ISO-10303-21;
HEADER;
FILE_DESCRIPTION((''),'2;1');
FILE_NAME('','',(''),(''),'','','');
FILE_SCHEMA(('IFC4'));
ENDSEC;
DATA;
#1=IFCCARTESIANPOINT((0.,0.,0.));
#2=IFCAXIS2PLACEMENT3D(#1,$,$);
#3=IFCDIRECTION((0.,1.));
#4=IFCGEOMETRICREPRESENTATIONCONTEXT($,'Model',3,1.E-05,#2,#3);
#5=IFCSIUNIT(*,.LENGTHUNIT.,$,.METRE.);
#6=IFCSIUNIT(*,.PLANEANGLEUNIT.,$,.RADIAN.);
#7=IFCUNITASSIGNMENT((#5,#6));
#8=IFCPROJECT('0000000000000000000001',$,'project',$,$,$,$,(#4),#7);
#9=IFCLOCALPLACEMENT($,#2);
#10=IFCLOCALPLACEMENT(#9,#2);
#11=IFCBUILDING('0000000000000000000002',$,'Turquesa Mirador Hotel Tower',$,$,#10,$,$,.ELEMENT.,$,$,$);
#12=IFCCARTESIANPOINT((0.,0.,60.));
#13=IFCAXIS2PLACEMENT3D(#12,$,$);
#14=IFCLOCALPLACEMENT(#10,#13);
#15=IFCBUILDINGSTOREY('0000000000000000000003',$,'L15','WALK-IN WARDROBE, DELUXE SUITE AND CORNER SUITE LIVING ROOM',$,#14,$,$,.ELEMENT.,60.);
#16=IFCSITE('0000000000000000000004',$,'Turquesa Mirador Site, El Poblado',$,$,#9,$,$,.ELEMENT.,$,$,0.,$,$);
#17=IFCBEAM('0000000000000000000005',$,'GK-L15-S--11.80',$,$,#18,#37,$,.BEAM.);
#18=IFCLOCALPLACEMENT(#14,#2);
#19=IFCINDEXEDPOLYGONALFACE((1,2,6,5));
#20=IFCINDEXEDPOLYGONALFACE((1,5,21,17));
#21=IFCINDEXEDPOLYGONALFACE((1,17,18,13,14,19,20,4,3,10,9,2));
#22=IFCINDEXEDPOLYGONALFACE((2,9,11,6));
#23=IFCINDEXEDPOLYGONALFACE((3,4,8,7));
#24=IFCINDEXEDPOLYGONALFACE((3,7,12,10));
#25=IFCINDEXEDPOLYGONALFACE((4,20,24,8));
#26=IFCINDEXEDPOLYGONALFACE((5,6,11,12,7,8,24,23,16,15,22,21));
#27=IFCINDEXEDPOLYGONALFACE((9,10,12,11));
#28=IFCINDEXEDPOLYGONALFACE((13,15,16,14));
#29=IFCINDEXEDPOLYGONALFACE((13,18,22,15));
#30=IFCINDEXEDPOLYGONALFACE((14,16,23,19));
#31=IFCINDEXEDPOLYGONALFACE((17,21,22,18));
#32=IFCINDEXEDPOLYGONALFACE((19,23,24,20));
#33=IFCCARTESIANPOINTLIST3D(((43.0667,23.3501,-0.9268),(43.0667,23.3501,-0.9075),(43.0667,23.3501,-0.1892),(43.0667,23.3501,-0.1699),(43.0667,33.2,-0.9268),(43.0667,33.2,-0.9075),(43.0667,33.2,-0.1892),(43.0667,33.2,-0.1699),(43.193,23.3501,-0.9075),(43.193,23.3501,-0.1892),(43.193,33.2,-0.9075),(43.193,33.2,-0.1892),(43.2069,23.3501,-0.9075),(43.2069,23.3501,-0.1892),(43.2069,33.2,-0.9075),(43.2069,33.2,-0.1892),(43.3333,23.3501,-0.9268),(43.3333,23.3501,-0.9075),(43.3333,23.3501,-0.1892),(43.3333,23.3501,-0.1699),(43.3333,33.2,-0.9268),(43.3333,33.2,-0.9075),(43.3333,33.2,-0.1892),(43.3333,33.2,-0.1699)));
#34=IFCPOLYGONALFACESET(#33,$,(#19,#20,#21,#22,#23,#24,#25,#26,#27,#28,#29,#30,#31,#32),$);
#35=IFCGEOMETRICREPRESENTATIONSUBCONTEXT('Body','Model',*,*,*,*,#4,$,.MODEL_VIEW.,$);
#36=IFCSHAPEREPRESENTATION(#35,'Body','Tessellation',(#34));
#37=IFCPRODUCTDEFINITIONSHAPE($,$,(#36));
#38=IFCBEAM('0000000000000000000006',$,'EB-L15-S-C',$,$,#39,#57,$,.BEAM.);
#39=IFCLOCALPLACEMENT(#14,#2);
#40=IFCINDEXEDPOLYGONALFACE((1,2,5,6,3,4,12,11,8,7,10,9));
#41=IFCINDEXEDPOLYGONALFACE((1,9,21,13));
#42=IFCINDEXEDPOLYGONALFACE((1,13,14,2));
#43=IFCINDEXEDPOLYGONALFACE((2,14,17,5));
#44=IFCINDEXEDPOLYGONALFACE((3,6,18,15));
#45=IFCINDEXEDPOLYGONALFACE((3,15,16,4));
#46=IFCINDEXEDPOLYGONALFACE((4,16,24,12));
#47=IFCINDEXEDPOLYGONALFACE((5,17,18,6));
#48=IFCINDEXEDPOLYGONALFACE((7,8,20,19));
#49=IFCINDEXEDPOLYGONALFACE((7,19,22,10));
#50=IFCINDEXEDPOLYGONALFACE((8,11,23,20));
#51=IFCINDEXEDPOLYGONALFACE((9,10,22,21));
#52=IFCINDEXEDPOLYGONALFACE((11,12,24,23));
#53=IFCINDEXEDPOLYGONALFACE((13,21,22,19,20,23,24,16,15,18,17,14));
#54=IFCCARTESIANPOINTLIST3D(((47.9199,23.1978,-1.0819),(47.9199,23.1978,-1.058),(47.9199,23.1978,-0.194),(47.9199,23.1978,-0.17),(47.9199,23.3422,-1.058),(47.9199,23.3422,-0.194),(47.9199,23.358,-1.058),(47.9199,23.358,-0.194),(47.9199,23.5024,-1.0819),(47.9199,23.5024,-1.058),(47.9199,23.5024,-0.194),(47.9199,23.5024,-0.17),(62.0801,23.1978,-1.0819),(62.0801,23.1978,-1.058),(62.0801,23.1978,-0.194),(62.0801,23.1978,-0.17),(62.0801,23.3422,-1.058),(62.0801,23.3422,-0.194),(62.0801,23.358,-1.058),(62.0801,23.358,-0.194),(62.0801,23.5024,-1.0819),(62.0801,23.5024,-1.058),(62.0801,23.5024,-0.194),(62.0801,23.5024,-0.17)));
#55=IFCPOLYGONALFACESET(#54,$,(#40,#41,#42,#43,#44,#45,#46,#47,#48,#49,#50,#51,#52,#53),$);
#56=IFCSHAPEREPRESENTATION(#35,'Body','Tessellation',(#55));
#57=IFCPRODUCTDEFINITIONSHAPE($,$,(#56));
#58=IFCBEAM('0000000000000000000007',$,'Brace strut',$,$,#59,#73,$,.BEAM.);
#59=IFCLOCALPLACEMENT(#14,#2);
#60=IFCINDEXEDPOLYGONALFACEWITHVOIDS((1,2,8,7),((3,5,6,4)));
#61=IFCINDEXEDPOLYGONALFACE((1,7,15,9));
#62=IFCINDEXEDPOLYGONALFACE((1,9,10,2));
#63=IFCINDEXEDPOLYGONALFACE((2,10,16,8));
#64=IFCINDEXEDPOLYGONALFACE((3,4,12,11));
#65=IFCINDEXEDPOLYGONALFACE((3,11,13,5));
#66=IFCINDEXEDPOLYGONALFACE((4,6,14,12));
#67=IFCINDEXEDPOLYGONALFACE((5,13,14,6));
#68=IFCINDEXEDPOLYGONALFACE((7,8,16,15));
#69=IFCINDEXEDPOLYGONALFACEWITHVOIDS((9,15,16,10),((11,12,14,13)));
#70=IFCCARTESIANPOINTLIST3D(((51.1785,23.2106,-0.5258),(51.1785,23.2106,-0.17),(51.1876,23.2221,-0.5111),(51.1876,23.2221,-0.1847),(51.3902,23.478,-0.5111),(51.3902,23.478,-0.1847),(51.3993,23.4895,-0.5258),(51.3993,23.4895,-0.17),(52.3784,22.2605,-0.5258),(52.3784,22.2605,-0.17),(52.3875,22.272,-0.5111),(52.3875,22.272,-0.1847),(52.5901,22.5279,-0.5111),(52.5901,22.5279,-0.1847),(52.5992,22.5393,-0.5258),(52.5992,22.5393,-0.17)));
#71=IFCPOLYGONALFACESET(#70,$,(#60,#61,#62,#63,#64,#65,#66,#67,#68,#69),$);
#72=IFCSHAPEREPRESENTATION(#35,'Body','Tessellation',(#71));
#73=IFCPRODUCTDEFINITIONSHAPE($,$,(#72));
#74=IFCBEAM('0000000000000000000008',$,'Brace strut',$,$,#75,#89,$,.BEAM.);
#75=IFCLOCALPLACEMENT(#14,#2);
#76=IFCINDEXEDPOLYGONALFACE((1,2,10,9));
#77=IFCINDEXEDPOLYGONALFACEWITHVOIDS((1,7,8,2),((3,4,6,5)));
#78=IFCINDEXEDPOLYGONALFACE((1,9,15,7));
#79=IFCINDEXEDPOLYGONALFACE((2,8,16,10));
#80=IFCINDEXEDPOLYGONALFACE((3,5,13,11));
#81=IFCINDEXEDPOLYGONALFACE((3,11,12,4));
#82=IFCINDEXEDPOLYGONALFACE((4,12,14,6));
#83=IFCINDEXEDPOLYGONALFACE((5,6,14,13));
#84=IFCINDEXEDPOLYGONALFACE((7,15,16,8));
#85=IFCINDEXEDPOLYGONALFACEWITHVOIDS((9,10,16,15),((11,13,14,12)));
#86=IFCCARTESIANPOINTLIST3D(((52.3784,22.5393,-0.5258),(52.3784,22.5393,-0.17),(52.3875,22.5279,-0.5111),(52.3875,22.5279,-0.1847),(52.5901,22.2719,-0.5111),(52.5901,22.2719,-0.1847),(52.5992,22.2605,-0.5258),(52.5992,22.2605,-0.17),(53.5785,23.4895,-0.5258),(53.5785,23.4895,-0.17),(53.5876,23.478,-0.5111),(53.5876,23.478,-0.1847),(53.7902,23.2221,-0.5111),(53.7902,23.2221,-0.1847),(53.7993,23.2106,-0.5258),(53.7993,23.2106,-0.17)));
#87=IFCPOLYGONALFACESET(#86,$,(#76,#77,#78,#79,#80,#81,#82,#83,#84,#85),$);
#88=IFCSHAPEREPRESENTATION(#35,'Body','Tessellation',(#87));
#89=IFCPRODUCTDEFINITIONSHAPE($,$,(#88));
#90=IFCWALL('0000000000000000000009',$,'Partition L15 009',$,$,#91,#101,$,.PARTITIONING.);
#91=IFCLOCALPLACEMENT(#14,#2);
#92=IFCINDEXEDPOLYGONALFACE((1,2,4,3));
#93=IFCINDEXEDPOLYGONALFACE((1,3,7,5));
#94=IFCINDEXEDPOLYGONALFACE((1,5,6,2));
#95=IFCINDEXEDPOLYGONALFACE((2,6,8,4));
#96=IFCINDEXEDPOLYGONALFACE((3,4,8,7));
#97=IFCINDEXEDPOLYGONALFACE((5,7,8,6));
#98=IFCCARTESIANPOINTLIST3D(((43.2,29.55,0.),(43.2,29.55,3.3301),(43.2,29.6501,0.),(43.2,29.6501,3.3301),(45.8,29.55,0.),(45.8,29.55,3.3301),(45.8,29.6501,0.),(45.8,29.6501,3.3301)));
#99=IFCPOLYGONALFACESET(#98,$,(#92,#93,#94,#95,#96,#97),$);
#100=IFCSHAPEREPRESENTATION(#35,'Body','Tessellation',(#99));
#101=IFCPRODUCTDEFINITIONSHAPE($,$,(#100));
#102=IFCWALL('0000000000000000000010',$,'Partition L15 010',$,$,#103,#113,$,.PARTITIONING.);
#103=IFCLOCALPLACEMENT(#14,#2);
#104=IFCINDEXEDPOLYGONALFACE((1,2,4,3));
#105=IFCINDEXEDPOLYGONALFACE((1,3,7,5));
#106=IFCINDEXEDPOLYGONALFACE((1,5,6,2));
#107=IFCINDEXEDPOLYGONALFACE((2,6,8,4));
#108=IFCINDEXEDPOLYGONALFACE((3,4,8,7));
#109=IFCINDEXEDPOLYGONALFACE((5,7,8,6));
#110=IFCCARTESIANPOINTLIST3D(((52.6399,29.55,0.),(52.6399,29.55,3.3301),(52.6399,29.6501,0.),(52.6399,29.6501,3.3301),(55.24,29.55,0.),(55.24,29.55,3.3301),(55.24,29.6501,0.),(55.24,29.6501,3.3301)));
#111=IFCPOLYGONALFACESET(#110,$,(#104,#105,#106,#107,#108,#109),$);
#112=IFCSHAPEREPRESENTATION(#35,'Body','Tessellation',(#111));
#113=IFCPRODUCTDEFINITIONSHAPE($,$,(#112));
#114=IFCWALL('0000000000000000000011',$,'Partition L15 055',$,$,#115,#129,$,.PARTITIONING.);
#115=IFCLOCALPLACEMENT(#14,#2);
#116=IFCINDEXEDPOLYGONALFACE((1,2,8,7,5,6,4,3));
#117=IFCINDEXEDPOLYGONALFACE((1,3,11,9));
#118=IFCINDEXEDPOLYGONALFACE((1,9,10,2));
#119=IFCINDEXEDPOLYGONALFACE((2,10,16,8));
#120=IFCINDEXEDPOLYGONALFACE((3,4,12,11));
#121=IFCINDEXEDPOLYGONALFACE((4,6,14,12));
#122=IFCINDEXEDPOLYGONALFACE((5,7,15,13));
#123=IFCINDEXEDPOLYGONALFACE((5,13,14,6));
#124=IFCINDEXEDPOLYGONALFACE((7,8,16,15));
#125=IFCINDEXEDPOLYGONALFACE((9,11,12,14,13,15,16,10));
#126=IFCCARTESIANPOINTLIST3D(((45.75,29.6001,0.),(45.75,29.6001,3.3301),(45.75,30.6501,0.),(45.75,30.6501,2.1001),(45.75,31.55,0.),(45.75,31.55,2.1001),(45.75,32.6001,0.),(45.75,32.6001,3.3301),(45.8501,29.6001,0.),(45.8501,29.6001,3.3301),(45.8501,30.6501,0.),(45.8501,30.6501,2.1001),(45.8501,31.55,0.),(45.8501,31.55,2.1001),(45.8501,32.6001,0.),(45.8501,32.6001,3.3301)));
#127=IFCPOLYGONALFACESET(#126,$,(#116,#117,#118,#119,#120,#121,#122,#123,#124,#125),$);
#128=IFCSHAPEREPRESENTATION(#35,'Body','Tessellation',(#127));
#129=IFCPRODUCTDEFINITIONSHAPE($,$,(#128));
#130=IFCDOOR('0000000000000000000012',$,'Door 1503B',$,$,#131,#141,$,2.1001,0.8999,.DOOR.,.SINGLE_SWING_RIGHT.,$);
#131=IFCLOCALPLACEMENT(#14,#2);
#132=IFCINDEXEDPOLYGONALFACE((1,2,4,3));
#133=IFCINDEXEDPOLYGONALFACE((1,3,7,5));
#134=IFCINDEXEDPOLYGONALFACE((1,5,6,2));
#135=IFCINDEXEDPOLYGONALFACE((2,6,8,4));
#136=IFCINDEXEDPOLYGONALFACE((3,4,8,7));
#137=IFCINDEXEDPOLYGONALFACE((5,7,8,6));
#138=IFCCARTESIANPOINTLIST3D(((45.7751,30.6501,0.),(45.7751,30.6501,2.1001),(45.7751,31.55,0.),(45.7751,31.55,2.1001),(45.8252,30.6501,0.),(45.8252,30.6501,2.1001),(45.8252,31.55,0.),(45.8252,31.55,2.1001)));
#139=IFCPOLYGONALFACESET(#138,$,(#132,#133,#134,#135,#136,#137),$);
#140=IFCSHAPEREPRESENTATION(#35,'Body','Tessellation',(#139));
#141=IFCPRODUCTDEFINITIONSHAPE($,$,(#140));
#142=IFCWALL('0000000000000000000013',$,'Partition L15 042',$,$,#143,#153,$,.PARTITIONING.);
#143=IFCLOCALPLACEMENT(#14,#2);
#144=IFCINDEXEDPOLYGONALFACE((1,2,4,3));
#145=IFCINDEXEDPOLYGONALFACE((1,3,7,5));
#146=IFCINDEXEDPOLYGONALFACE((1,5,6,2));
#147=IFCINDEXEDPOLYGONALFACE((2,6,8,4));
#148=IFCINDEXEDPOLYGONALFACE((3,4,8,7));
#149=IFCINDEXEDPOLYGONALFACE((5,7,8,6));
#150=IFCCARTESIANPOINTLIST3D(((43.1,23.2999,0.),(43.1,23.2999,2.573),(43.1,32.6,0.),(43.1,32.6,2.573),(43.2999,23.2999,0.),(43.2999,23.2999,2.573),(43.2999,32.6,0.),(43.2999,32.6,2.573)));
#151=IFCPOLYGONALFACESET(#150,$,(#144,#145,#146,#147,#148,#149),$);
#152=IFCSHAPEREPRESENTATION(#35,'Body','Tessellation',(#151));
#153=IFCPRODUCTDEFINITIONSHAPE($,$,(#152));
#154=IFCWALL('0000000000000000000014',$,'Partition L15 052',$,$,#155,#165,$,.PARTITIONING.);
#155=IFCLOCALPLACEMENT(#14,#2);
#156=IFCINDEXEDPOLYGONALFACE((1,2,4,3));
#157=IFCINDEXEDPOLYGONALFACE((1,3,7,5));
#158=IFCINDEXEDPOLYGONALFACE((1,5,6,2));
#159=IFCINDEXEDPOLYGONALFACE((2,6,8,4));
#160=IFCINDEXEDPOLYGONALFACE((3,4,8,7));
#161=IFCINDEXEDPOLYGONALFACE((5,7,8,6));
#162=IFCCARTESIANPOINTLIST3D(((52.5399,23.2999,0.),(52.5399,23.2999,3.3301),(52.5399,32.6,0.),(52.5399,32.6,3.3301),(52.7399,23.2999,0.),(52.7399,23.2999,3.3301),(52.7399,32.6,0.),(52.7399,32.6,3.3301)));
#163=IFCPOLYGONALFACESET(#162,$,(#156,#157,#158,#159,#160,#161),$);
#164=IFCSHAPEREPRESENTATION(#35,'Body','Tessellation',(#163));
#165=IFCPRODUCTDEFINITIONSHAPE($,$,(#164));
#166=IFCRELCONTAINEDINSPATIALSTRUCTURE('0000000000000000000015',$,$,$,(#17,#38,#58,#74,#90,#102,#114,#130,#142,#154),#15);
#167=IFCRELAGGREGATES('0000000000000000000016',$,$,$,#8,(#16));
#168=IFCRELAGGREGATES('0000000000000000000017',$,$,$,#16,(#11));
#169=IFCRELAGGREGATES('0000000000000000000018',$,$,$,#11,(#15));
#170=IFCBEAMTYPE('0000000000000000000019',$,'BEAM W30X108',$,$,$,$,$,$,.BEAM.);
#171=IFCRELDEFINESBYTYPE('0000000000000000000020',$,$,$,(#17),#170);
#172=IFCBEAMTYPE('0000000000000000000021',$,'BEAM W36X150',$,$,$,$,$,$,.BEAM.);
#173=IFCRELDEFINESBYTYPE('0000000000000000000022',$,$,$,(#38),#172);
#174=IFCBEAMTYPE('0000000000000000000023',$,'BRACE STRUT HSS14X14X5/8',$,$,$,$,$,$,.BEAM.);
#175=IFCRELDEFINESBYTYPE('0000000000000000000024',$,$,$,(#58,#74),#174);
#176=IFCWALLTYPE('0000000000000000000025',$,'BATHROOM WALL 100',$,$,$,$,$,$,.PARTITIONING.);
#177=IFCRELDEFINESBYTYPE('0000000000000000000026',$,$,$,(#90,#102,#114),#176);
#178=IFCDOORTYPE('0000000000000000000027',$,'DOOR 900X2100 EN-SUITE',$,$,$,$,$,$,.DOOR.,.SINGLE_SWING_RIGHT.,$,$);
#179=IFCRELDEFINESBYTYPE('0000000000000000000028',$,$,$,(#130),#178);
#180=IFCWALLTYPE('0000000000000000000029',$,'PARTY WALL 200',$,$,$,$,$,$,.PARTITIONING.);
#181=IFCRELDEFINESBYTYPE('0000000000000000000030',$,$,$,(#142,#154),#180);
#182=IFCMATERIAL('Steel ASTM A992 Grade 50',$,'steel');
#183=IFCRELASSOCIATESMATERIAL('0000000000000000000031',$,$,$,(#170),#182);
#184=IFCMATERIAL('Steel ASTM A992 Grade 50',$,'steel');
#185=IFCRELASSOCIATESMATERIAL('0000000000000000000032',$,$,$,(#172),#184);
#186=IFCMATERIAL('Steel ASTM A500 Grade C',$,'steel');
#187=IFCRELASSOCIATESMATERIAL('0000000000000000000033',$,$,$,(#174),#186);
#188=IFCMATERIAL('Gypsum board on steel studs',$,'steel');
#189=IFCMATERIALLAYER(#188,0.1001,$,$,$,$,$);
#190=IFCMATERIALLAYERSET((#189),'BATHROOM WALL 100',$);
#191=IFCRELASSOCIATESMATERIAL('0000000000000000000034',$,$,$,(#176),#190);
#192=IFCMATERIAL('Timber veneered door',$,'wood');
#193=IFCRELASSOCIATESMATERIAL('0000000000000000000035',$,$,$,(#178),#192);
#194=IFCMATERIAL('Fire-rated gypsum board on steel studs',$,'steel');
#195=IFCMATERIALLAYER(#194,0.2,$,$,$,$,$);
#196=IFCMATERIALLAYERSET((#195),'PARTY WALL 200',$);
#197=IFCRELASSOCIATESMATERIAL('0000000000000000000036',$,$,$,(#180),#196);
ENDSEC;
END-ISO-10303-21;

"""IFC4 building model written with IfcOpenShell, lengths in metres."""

from ifc_helpers import new_model, si_unit, direction, frame, frame_2d, origin, origin_2d, place, context, subcontext, project, spatial, rectangle, hollow_rectangle, i_section, extrude, material, layer, layer_set, material_profile, profile_set, type_object, element, fill, save


model = new_model("IFC4")

# Units and contexts
model_context = context("Model", 3, precision=1e-05, world=origin(), true_north=direction((0.0, 1.0)))
body_context = subcontext(model_context, "Body", "Model", "MODEL_VIEW")
ifc_project = project(units=[si_unit("LENGTHUNIT", "METRE"), si_unit("PLANEANGLEUNIT", "RADIAN")], contexts=[model_context])

# Site, building, storey
site_placement = place(None, origin())
site = spatial("IfcSite", under=ifc_project, at=site_placement, Name="Turquesa Mirador Site, El Poblado", CompositionType="ELEMENT", RefElevation=0.0)
building_placement = place(site_placement, origin())
building = spatial("IfcBuilding", under=site, at=building_placement, Name="Turquesa Mirador Hotel Tower", CompositionType="ELEMENT")
storey_placement = place(building_placement, frame((0.0, 0.0, 60.0)))
storey = spatial("IfcBuildingStorey", under=building, at=storey_placement, Name="L15", Description="WALK-IN WARDROBE, DELUXE SUITE AND CORNER SUITE LIVING ROOM", CompositionType="ELEMENT", Elevation=60.0)

# Beams
ifc_material_1 = material(Name="Steel ASTM A992 Grade 50", Category="steel")
ifc_material_profile_1 = material_profile(ifc_material_1, i_section(OverallWidth=0.2666, OverallDepth=0.7568, WebThickness=0.0139, FlangeThickness=0.0193, at=origin_2d()), Name="W30X108")
ifc_profile_set_1 = profile_set([ifc_material_profile_1], Name="Steel ASTM A992 Grade 50")
beam_type_1 = type_object("IfcBeamType", Name="BEAM W30X108", PredefinedType="BEAM", material=ifc_profile_set_1)
beam_1_placement = place(storey_placement, frame((43.2, 23.3501, -0.5483), z_axis=(0.0, 1.0, 0.0), x_axis=(-1.0, 0.0, 0.0)))
element("IfcBeam", 1, at=beam_1_placement, inside=storey, type_object=beam_type_1, Name="GK-L15-S--11.80", PredefinedType="BEAM", context=body_context, shape_type="SweptSolid", body=[
    extrude(i_section(OverallWidth=0.2666, OverallDepth=0.7568, WebThickness=0.0139, FlangeThickness=0.0193, at=origin_2d()), origin(), (0.0, 0.0, 1.0), 9.8499),
])
ifc_material_2 = material(Name="Steel ASTM A992 Grade 50", Category="steel")
ifc_material_profile_2 = material_profile(ifc_material_2, i_section(OverallWidth=0.3047, OverallDepth=0.9119, WebThickness=0.0159, FlangeThickness=0.0239, at=origin_2d()), Name="W36X150")
ifc_profile_set_2 = profile_set([ifc_material_profile_2], Name="Steel ASTM A992 Grade 50")
beam_type_2 = type_object("IfcBeamType", Name="BEAM W36X150", PredefinedType="BEAM", material=ifc_profile_set_2)
beam_2_placement = place(storey_placement, frame((47.9199, 23.3501, -0.626), z_axis=(1.0, 0.0, 0.0), x_axis=(0.0, 1.0, 0.0)))
element("IfcBeam", 2, at=beam_2_placement, inside=storey, type_object=beam_type_2, Name="EB-L15-S-C", PredefinedType="BEAM", context=body_context, shape_type="SweptSolid", body=[
    extrude(i_section(OverallWidth=0.3047, OverallDepth=0.9119, WebThickness=0.0159, FlangeThickness=0.0239, at=origin_2d()), origin(), (0.0, 0.0, 1.0), 14.1602),
])
ifc_material_3 = material(Name="Steel ASTM A500 Grade C", Category="steel")
ifc_material_profile_3 = material_profile(ifc_material_3, hollow_rectangle(XDim=0.3557, YDim=0.3557, WallThickness=0.0146, at=origin_2d()), Name="HSS14X14X5/8")
ifc_profile_set_3 = profile_set([ifc_material_profile_3], Name="Steel ASTM A500 Grade C")
beam_type_3 = type_object("IfcBeamType", Name="BRACE STRUT HSS14X14X5/8", PredefinedType="BEAM", material=ifc_profile_set_3)
beam_3_placement = place(storey_placement, frame((52.4888, 22.3999, -0.3479), z_axis=(-0.783971, 0.620797, 0.0), x_axis=(-0.620797, -0.783971, 0.0)))
element("IfcBeam", 3, at=beam_3_placement, inside=storey, type_object=beam_type_3, Name="Brace strut", PredefinedType="BEAM", context=body_context, shape_type="SweptSolid", body=[
    extrude(hollow_rectangle(XDim=0.3557, YDim=0.3557, WallThickness=0.0146, at=origin_2d()), origin(), (0.0, 0.0, 1.0), 1.5305),
])
beam_4_placement = place(storey_placement, frame((52.4888, 22.3999, -0.3479), z_axis=(0.784033, 0.620719, 0.0), x_axis=(-0.620719, 0.784033, 0.0)))
element("IfcBeam", 4, at=beam_4_placement, inside=storey, type_object=beam_type_3, Name="Brace strut", PredefinedType="BEAM", context=body_context, shape_type="SweptSolid", body=[
    extrude(hollow_rectangle(XDim=0.3557, YDim=0.3557, WallThickness=0.0146, at=origin_2d()), origin(), (0.0, 0.0, 1.0), 1.5308),
])

# Walls
ifc_material_4 = material(Name="Gypsum board on steel studs", Category="steel")
ifc_layer_1 = layer(ifc_material_4, 0.1001)
ifc_layer_set_1 = layer_set([ifc_layer_1], Name="BATHROOM WALL 100")
wall_type_1 = type_object("IfcWallType", Name="BATHROOM WALL 100", PredefinedType="PARTITIONING", material=ifc_layer_set_1)
for number, where, z_axis, x_axis, name in (
    (5, (43.2, 29.6001, 0.0), (0.0, 0.0, 1.0), (1.0, 0.0, 0.0), "Partition L15 009"),
    (6, (52.6399, 29.6001, 0.0), (0.0, 0.0, 1.0), (1.0, 0.0, 0.0), "Partition L15 010"),
):
    element("IfcWall", number, at=place(storey_placement, frame(where, z_axis=z_axis, x_axis=x_axis)), inside=storey, type_object=wall_type_1, Name=name, PredefinedType="PARTITIONING", context=body_context, shape_type="SweptSolid", body=[
        extrude(rectangle(XDim=2.6001, YDim=0.1001, at=frame_2d((1.3, 0.0))), origin(), (0.0, 0.0, 1.0), 3.3301),
    ])

# Wall, opening, door
wall_1_placement = place(storey_placement, frame((45.8, 29.6001, 0.0), z_axis=(0.0, 0.0, 1.0), x_axis=(0.0, 1.0, 0.0)))
wall_1 = element("IfcWall", 7, at=wall_1_placement, inside=storey, type_object=wall_type_1, Name="Partition L15 055", PredefinedType="PARTITIONING", context=body_context, shape_type="SweptSolid", body=[
    extrude(rectangle(XDim=3.0, YDim=0.1001, at=frame_2d((1.5, 0.0))), origin(), (0.0, 0.0, 1.0), 3.3301),
])
opening_placement = place(wall_1_placement, frame((1.05, 0.0, 0.0)))
opening = element("IfcOpeningElement", 8, at=opening_placement, cuts=wall_1, PredefinedType="OPENING", context=body_context, shape_type="SweptSolid", body=[
    extrude(rectangle(XDim=0.8999, YDim=2.1001, at=frame_2d((0.45, 1.05))), frame((0.0, 0.0601, 0.0), z_axis=(0.0, -1.0, 0.0), x_axis=(1.0, 0.0, 0.0)), (0.0, 0.0, 1.0), 0.1201),
])
ifc_material_5 = material(Name="Timber veneered door", Category="wood")
door_type = type_object("IfcDoorType", Name="DOOR 900X2100 EN-SUITE", OperationType="SINGLE_SWING_RIGHT", PredefinedType="DOOR", material=ifc_material_5)
door_placement = place(opening_placement, origin())
door = element("IfcDoor", 9, at=door_placement, inside=storey, type_object=door_type, Name="Door 1503B", OperationType="SINGLE_SWING_RIGHT", OverallHeight=2.1001, OverallWidth=0.8999, PredefinedType="DOOR", context=body_context, shape_type="SweptSolid", body=[
    extrude(rectangle(XDim=0.8999, YDim=2.1001, at=frame_2d((0.45, 1.05))), frame((0.0, 0.0249, 0.0), z_axis=(0.0, -1.0, 0.0), x_axis=(1.0, 0.0, 0.0)), (0.0, 0.0, 1.0), 0.05),
])
fill(opening, door)

# Walls
ifc_material_6 = material(Name="Fire-rated gypsum board on steel studs", Category="steel")
ifc_layer_2 = layer(ifc_material_6, 0.2)
ifc_layer_set_2 = layer_set([ifc_layer_2], Name="PARTY WALL 200")
wall_type_2 = type_object("IfcWallType", Name="PARTY WALL 200", PredefinedType="PARTITIONING", material=ifc_layer_set_2)
wall_2_placement = place(storey_placement, frame((43.2, 23.3, 0.0), z_axis=(0.0, 0.0, 1.0), x_axis=(0.0, 1.0, 0.0)))
element("IfcWall", 10, at=wall_2_placement, inside=storey, type_object=wall_type_2, Name="Partition L15 042", PredefinedType="PARTITIONING", context=body_context, shape_type="SweptSolid", body=[
    extrude(rectangle(XDim=9.3, YDim=0.2, at=frame_2d((4.6499, 0.0))), origin(), (0.0, 0.0, 1.0), 2.573),
])
wall_3_placement = place(storey_placement, frame((52.6399, 23.3, 0.0), z_axis=(0.0, 0.0, 1.0), x_axis=(0.0, 1.0, 0.0)))
element("IfcWall", 11, at=wall_3_placement, inside=storey, type_object=wall_type_2, Name="Partition L15 052", PredefinedType="PARTITIONING", context=body_context, shape_type="SweptSolid", body=[
    extrude(rectangle(XDim=9.3, YDim=0.2, at=frame_2d((4.6499, 0.0))), origin(), (0.0, 0.0, 1.0), 3.3301),
])

save(model, "model.ifc")
